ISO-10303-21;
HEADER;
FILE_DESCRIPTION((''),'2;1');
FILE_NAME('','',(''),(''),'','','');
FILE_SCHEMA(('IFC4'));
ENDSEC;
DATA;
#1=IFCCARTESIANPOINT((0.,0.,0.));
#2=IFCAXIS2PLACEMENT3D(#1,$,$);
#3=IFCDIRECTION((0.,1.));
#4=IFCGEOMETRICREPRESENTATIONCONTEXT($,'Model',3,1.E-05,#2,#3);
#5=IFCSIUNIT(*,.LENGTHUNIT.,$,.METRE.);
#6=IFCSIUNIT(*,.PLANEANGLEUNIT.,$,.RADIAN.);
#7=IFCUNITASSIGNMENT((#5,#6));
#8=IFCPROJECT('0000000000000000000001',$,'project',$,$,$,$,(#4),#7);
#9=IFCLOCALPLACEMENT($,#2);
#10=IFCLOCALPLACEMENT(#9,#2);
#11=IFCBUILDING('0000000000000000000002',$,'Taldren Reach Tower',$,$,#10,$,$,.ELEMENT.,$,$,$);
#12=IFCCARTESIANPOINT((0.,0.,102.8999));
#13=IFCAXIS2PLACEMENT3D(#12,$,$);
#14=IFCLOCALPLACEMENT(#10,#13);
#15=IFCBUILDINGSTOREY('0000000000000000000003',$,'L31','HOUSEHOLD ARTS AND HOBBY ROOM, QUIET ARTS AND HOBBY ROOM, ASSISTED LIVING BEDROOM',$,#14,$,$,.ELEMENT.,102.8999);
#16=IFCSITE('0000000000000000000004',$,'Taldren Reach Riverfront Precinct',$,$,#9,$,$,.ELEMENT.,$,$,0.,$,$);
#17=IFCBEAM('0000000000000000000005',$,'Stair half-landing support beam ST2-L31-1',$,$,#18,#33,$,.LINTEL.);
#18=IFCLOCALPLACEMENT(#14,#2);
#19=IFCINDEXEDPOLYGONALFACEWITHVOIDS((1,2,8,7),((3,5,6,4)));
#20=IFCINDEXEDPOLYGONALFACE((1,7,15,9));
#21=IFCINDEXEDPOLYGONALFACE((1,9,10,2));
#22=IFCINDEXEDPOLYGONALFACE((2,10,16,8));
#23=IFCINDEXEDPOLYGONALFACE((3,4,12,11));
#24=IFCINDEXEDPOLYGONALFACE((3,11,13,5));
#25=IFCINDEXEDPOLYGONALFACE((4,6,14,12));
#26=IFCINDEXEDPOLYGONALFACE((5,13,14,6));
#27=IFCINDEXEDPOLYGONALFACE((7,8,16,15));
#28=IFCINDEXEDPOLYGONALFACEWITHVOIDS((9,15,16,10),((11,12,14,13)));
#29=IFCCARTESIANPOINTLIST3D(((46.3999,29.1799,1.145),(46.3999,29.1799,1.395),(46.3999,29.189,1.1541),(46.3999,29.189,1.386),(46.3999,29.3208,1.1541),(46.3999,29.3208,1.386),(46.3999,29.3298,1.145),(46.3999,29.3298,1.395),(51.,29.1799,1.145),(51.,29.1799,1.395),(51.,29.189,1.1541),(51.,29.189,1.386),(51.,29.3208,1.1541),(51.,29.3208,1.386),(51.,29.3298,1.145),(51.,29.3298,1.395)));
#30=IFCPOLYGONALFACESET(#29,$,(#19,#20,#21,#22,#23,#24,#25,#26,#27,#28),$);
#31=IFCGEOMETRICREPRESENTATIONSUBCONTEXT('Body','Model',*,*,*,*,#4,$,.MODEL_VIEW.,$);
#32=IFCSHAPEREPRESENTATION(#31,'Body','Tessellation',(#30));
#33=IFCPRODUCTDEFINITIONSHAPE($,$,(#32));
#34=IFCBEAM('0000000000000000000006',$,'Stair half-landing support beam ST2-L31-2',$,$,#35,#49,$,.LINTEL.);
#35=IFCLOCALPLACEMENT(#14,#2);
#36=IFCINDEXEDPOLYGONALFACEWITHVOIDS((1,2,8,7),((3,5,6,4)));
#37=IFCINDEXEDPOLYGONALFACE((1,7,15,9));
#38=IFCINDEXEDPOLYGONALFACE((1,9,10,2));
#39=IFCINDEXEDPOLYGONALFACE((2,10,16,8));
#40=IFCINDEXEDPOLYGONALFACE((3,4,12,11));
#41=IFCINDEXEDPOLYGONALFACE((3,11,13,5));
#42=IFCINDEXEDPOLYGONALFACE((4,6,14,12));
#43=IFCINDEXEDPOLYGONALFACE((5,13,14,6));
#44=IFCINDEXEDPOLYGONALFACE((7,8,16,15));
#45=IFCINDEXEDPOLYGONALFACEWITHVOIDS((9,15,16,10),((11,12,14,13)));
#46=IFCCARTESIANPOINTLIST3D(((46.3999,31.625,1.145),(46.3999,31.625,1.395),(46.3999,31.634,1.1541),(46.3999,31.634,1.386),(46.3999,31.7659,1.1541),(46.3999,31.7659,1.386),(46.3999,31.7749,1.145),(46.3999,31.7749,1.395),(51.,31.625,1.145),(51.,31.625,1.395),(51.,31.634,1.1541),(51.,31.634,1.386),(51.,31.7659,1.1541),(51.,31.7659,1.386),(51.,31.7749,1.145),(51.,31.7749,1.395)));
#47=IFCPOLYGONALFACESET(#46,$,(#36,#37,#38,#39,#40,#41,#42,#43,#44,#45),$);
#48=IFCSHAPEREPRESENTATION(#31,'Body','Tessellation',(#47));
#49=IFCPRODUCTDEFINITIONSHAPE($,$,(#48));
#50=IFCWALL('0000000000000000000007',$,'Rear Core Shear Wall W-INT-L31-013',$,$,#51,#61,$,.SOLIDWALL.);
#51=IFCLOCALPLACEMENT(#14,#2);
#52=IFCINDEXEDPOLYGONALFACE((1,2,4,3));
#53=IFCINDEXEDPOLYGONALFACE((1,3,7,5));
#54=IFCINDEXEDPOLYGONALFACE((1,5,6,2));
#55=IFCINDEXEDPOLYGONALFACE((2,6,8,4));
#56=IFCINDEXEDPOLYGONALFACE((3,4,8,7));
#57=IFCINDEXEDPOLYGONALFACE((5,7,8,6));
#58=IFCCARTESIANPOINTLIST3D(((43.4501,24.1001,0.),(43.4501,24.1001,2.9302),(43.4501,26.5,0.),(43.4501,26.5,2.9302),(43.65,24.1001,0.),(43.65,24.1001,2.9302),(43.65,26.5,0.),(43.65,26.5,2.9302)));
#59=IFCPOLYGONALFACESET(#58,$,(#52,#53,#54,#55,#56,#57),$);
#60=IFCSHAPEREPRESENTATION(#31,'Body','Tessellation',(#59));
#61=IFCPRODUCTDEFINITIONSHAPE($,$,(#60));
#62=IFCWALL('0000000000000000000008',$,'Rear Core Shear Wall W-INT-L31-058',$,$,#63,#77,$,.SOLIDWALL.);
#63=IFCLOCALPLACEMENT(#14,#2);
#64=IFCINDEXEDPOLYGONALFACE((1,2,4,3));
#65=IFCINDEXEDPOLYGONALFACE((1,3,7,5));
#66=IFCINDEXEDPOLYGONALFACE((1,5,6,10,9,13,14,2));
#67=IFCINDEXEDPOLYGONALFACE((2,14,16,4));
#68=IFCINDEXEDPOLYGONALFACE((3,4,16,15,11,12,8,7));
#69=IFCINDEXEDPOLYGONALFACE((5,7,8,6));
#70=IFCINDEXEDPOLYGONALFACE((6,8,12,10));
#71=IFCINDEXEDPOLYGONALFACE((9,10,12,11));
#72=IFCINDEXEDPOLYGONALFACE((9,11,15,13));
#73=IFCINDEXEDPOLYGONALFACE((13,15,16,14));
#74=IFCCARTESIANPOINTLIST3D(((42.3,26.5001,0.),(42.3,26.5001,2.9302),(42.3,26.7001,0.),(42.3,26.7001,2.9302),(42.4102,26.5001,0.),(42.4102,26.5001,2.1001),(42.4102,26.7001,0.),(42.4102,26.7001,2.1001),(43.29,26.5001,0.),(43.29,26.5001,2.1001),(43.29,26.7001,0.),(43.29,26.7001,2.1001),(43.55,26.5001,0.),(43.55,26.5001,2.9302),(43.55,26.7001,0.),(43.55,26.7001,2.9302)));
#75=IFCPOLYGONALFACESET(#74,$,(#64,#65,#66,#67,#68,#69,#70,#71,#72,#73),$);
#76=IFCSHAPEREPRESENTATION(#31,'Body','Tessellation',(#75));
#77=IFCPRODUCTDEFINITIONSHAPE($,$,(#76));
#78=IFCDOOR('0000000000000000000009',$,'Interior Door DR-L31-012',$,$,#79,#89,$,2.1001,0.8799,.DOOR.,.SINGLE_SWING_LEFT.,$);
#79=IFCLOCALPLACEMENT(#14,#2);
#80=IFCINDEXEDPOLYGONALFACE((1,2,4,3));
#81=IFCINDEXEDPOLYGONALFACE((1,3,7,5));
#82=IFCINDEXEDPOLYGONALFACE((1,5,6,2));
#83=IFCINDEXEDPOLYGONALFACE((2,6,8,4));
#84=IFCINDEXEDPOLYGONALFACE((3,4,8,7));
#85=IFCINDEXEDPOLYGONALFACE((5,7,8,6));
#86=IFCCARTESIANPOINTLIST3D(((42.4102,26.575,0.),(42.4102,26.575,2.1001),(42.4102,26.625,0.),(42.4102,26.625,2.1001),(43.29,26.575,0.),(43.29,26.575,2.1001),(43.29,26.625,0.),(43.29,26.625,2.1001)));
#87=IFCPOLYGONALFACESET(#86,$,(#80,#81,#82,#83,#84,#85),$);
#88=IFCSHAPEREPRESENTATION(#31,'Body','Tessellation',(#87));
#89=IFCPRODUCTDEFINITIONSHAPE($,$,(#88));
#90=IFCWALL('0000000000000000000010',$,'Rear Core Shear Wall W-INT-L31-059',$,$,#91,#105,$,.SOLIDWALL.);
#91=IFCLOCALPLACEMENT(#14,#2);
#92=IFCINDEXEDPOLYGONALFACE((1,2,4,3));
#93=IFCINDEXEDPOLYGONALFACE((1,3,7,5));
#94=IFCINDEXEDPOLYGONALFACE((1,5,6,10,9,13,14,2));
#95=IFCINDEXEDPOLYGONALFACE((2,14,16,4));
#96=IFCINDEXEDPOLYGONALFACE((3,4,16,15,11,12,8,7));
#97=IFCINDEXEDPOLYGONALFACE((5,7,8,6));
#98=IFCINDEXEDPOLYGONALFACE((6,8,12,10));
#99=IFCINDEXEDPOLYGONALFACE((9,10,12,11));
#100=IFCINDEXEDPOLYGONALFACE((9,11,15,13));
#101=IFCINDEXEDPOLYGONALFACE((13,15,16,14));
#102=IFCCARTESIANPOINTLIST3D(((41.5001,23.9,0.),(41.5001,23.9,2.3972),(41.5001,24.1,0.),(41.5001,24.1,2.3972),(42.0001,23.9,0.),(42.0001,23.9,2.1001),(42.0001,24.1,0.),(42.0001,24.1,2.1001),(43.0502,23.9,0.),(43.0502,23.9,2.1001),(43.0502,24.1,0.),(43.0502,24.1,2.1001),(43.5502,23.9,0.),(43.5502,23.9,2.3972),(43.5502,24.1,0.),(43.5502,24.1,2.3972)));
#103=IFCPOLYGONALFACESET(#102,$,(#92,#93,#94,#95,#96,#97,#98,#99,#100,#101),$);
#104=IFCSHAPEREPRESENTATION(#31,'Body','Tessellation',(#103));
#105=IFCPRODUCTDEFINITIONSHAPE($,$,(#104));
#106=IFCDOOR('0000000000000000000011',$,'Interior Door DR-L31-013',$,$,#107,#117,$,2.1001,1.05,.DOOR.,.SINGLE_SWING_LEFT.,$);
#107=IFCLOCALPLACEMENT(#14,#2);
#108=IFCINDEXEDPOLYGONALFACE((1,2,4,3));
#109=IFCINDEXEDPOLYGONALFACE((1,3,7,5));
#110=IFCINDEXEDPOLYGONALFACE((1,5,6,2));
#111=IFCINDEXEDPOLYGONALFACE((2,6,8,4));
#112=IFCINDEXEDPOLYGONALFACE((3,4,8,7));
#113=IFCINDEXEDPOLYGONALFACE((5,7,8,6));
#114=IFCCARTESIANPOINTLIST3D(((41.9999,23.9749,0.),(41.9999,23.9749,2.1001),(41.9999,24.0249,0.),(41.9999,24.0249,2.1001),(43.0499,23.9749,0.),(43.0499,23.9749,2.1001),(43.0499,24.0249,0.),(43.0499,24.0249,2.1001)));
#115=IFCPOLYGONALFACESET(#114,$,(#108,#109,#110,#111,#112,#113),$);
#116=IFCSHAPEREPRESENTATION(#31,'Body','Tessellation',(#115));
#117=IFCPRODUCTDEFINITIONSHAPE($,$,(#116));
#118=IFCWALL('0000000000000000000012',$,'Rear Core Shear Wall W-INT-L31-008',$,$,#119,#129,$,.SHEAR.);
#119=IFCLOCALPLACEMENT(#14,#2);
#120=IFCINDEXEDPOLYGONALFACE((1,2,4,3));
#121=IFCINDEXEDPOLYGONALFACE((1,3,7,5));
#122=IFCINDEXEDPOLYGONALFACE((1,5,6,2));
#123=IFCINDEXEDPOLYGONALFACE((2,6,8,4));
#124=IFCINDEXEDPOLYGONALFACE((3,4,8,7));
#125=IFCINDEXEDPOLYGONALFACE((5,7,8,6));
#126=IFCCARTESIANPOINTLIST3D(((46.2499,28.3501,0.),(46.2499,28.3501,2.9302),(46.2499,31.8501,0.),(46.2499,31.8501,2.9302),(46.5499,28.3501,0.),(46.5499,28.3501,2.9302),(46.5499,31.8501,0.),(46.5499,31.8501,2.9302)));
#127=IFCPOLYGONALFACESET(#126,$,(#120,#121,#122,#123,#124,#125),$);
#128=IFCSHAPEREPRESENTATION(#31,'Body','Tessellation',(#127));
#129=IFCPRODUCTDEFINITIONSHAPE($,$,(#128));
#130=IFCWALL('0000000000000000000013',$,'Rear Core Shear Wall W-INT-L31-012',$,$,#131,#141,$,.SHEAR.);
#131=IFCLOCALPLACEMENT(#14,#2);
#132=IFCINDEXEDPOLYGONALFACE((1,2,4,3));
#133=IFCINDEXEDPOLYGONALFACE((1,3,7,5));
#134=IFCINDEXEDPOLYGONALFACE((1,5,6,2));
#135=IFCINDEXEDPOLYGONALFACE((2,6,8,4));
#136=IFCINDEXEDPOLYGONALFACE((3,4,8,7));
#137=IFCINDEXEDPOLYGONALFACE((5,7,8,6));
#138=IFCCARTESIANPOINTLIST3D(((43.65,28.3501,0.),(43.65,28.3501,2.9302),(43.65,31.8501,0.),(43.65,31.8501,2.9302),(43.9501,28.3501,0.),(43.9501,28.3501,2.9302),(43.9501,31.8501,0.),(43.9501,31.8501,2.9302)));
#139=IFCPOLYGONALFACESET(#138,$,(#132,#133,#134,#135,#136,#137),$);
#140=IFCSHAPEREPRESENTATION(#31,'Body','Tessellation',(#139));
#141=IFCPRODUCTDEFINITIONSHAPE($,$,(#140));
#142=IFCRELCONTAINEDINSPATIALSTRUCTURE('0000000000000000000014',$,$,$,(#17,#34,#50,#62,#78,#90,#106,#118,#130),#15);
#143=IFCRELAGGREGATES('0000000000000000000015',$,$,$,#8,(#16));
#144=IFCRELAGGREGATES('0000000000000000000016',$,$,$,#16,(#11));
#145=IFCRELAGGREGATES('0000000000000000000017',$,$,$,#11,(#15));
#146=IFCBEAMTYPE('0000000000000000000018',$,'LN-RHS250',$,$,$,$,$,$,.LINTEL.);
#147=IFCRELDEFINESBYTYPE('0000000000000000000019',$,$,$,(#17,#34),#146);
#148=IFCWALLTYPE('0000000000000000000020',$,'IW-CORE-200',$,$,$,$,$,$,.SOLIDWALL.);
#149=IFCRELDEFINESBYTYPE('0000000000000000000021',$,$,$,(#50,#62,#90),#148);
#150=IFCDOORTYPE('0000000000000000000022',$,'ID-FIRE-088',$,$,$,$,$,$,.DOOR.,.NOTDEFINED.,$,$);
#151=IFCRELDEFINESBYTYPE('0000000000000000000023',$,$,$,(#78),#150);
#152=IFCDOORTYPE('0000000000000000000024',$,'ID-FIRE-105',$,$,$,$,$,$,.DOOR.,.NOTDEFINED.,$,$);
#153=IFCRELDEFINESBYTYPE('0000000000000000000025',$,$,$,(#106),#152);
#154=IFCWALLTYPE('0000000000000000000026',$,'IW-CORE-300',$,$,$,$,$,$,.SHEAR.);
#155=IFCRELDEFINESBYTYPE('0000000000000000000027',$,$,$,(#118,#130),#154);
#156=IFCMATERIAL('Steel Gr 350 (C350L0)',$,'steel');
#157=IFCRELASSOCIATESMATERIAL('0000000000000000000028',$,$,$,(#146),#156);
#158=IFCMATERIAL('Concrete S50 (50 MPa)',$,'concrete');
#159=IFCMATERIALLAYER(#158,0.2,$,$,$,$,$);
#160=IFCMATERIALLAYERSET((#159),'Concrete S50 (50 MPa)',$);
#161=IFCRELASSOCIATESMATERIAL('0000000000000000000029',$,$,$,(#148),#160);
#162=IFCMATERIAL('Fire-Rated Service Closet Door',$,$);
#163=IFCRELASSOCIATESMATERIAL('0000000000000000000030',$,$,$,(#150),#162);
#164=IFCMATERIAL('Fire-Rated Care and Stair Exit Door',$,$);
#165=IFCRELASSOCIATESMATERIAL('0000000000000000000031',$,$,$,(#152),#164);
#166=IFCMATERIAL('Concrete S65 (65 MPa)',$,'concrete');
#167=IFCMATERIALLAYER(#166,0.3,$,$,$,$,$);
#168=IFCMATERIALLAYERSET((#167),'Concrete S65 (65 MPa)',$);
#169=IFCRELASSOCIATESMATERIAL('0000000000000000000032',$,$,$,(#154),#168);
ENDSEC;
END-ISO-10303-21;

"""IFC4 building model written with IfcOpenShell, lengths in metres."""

from ifc_helpers import new_model, si_unit, direction, frame, frame_2d, origin, origin_2d, place, context, subcontext, project, spatial, rectangle, hollow_rectangle, extrude, source, transform, mapped, material, layer, layer_set, material_profile, profile_set, type_object, element, fill, save


model = new_model("IFC4")

# Units and contexts
model_context = context("Model", 3, precision=1e-05, world=origin(), true_north=direction((0.0, 1.0)))
body_context = subcontext(model_context, "Body", "Model", "MODEL_VIEW")
ifc_project = project(units=[si_unit("LENGTHUNIT", "METRE"), si_unit("PLANEANGLEUNIT", "RADIAN")], contexts=[model_context])

# Site, building, storey
site_placement = place(None, origin())
site = spatial("IfcSite", under=ifc_project, at=site_placement, Name="Taldren Reach Riverfront Precinct", CompositionType="ELEMENT", RefElevation=0.0)
building_placement = place(site_placement, origin())
building = spatial("IfcBuilding", under=site, at=building_placement, Name="Taldren Reach Tower", CompositionType="ELEMENT")
storey_placement = place(building_placement, frame((0.0, 0.0, 102.8999)))
storey = spatial("IfcBuildingStorey", under=building, at=storey_placement, Name="L31", Description="HOUSEHOLD ARTS AND HOBBY ROOM, QUIET ARTS AND HOBBY ROOM, ASSISTED LIVING BEDROOM", CompositionType="ELEMENT", Elevation=102.8999)

# Beams
ifc_material_1 = material(Name="Steel Gr 350 (C350L0)", Category="steel")
ifc_material_profile = material_profile(ifc_material_1, hollow_rectangle(XDim=0.1499, YDim=0.25, WallThickness=0.009, at=origin_2d()), Name="250x150x9.0RHS")
ifc_profile_set = profile_set([ifc_material_profile], Name="Steel Gr 350 (C350L0)")
beam_type = type_object("IfcBeamType", Name="LN-RHS250", PredefinedType="LINTEL", material=ifc_profile_set)
shared_shape_1 = source(origin(), body_context, "Body", "SweptSolid", [
    extrude(hollow_rectangle(XDim=0.1499, YDim=0.25, WallThickness=0.009, at=origin_2d()), origin(), (0.0, 0.0, 1.0), 4.6001),
])
for number, where, z_axis, x_axis, name in (
    (1, (46.3999, 29.2549, 1.27), (1.0, 0.0, 0.0), (0.0, 1.0, 0.0), "Stair half-landing support beam ST2-L31-1"),
    (2, (46.3999, 31.7, 1.27), (1.0, 0.0, 0.0), (0.0, 1.0, 0.0), "Stair half-landing support beam ST2-L31-2"),
):
    element("IfcBeam", number, at=place(storey_placement, frame(where, z_axis=z_axis, x_axis=x_axis)), inside=storey, type_object=beam_type, Name=name, PredefinedType="LINTEL", context=body_context, shape_type="MappedRepresentation", body=[
        mapped(shared_shape_1, transform((0.0, 0.0, 0.0), scale=1.0)),
    ])

# Wall
ifc_material_2 = material(Name="Concrete S50 (50 MPa)", Category="concrete")
ifc_layer_1 = layer(ifc_material_2, 0.2)
ifc_layer_set_1 = layer_set([ifc_layer_1], Name="Concrete S50 (50 MPa)")
wall_type_1 = type_object("IfcWallType", Name="IW-CORE-200", PredefinedType="SOLIDWALL", material=ifc_layer_set_1)
shared_shape_2 = source(origin(), body_context, "Body", "SweptSolid", [
    extrude(rectangle(XDim=2.3999, YDim=0.2, at=frame_2d((1.2, 0.0))), origin(), (0.0, 0.0, 1.0), 2.9302),
])
wall_1_placement = place(storey_placement, frame((43.55, 26.5, 0.0), z_axis=(0.0, 0.0, 1.0), x_axis=(0.0, -1.0, 0.0)))
element("IfcWall", 3, at=wall_1_placement, inside=storey, type_object=wall_type_1, Name="Rear Core Shear Wall W-INT-L31-013", PredefinedType="SOLIDWALL", context=body_context, shape_type="MappedRepresentation", body=[
    mapped(shared_shape_2, transform((0.0, 0.0, 0.0), scale=1.0)),
])

# Walls, openings, doors
shared_shape_3 = source(origin(), body_context, "Body", "SweptSolid", [
    extrude(rectangle(XDim=1.25, YDim=0.2, at=frame_2d((0.625, 0.0))), origin(), (0.0, 0.0, 1.0), 2.9302),
])
wall_2_placement = place(storey_placement, frame((42.3, 26.6001, 0.0), z_axis=(0.0, 0.0, 1.0), x_axis=(1.0, 0.0, 0.0)))
wall_2 = element("IfcWall", 4, at=wall_2_placement, inside=storey, type_object=wall_type_1, Name="Rear Core Shear Wall W-INT-L31-058", PredefinedType="SOLIDWALL", context=body_context, shape_type="MappedRepresentation", body=[
    mapped(shared_shape_3, transform((0.0, 0.0, 0.0), scale=1.0)),
])
shared_shape_4 = source(origin(), body_context, "Body", "SweptSolid", [
    extrude(rectangle(XDim=0.8799, YDim=2.1001, at=frame_2d((0.4399, 1.05))), frame((0.0, 0.1099, 0.0), z_axis=(0.0, -1.0, 0.0), x_axis=(1.0, 0.0, 0.0)), (0.0, 0.0, 1.0), 0.22),
])
opening_1_placement = place(wall_2_placement, frame((0.1101, 0.0, 0.0)))
opening_1 = element("IfcOpeningElement", 5, at=opening_1_placement, cuts=wall_2, PredefinedType="OPENING", context=body_context, shape_type="MappedRepresentation", body=[
    mapped(shared_shape_4, transform((0.0, 0.0, 0.0), scale=1.0)),
])
ifc_material_3 = material(Name="Fire-Rated Service Closet Door")
door_type_1 = type_object("IfcDoorType", Name="ID-FIRE-088", OperationType="NOTDEFINED", PredefinedType="DOOR", material=ifc_material_3)
shared_shape_5 = source(origin(), body_context, "Body", "SweptSolid", [
    extrude(rectangle(XDim=0.8799, YDim=2.1001, at=frame_2d((0.4399, 1.05))), frame((0.0, 0.0249, 0.0), z_axis=(0.0, -1.0, 0.0), x_axis=(1.0, 0.0, 0.0)), (0.0, 0.0, 1.0), 0.05),
])
door_1_placement = place(opening_1_placement, origin())
door_1 = element("IfcDoor", 6, at=door_1_placement, inside=storey, type_object=door_type_1, Name="Interior Door DR-L31-012", OperationType="SINGLE_SWING_LEFT", OverallHeight=2.1001, OverallWidth=0.8799, PredefinedType="DOOR", context=body_context, shape_type="MappedRepresentation", body=[
    mapped(shared_shape_5, transform((0.0, 0.0, 0.0), scale=1.0)),
])
fill(opening_1, door_1)
shared_shape_6 = source(origin(), body_context, "Body", "SweptSolid", [
    extrude(rectangle(XDim=2.05, YDim=0.2, at=frame_2d((1.0249, 0.0))), origin(), (0.0, 0.0, 1.0), 2.3972),
])
wall_3_placement = place(storey_placement, frame((43.55, 24.0, 0.0), z_axis=(0.0, 0.0, 1.0), x_axis=(-1.0, 0.0, 0.0)))
wall_3 = element("IfcWall", 7, at=wall_3_placement, inside=storey, type_object=wall_type_1, Name="Rear Core Shear Wall W-INT-L31-059", PredefinedType="SOLIDWALL", context=body_context, shape_type="MappedRepresentation", body=[
    mapped(shared_shape_6, transform((0.0, 0.0, 0.0), scale=1.0)),
])
shared_shape_7 = source(origin(), body_context, "Body", "SweptSolid", [
    extrude(rectangle(XDim=1.05, YDim=2.1001, at=frame_2d((0.5249, 1.05))), frame((0.0, 0.1099, 0.0), z_axis=(0.0, -1.0, 0.0), x_axis=(1.0, 0.0, 0.0)), (0.0, 0.0, 1.0), 0.22),
])
opening_2_placement = place(wall_3_placement, frame((0.5, 0.0, 0.0)))
opening_2 = element("IfcOpeningElement", 8, at=opening_2_placement, cuts=wall_3, PredefinedType="OPENING", context=body_context, shape_type="MappedRepresentation", body=[
    mapped(shared_shape_7, transform((0.0, 0.0, 0.0), scale=1.0)),
])
ifc_material_4 = material(Name="Fire-Rated Care and Stair Exit Door")
door_type_2 = type_object("IfcDoorType", Name="ID-FIRE-105", OperationType="NOTDEFINED", PredefinedType="DOOR", material=ifc_material_4)
shared_shape_8 = source(origin(), body_context, "Body", "SweptSolid", [
    extrude(rectangle(XDim=1.05, YDim=2.1001, at=frame_2d((0.5249, 1.05))), frame((0.0, 0.0249, 0.0), z_axis=(0.0, -1.0, 0.0), x_axis=(1.0, 0.0, 0.0)), (0.0, 0.0, 1.0), 0.05),
])
door_2_placement = place(opening_2_placement, frame((1.05, 0.0, 0.0), z_axis=(0.0, 0.0, 1.0), x_axis=(-1.0, 0.0, 0.0)))
door_2 = element("IfcDoor", 9, at=door_2_placement, inside=storey, type_object=door_type_2, Name="Interior Door DR-L31-013", OperationType="SINGLE_SWING_LEFT", OverallHeight=2.1001, OverallWidth=1.05, PredefinedType="DOOR", context=body_context, shape_type="MappedRepresentation", body=[
    mapped(shared_shape_8, transform((0.0, 0.0, 0.0), scale=1.0)),
])
fill(opening_2, door_2)

# Walls
ifc_material_5 = material(Name="Concrete S65 (65 MPa)", Category="concrete")
ifc_layer_2 = layer(ifc_material_5, 0.3)
ifc_layer_set_2 = layer_set([ifc_layer_2], Name="Concrete S65 (65 MPa)")
wall_type_2 = type_object("IfcWallType", Name="IW-CORE-300", PredefinedType="SHEAR", material=ifc_layer_set_2)
shared_shape_9 = source(origin(), body_context, "Body", "SweptSolid", [
    extrude(rectangle(XDim=3.5, YDim=0.3, at=frame_2d((1.75, 0.0))), origin(), (0.0, 0.0, 1.0), 2.9302),
])
for number, where, z_axis, x_axis, name in (
    (10, (46.3999, 31.8501, 0.0), (0.0, 0.0, 1.0), (0.0, -1.0, 0.0), "Rear Core Shear Wall W-INT-L31-008"),
    (11, (43.8, 31.8501, 0.0), (0.0, 0.0, 1.0), (0.0, -1.0, 0.0), "Rear Core Shear Wall W-INT-L31-012"),
):
    element("IfcWall", number, at=place(storey_placement, frame(where, z_axis=z_axis, x_axis=x_axis)), inside=storey, type_object=wall_type_2, Name=name, PredefinedType="SHEAR", context=body_context, shape_type="MappedRepresentation", body=[
        mapped(shared_shape_9, transform((0.0, 0.0, 0.0), scale=1.0)),
    ])

save(model, "model.ifc")
